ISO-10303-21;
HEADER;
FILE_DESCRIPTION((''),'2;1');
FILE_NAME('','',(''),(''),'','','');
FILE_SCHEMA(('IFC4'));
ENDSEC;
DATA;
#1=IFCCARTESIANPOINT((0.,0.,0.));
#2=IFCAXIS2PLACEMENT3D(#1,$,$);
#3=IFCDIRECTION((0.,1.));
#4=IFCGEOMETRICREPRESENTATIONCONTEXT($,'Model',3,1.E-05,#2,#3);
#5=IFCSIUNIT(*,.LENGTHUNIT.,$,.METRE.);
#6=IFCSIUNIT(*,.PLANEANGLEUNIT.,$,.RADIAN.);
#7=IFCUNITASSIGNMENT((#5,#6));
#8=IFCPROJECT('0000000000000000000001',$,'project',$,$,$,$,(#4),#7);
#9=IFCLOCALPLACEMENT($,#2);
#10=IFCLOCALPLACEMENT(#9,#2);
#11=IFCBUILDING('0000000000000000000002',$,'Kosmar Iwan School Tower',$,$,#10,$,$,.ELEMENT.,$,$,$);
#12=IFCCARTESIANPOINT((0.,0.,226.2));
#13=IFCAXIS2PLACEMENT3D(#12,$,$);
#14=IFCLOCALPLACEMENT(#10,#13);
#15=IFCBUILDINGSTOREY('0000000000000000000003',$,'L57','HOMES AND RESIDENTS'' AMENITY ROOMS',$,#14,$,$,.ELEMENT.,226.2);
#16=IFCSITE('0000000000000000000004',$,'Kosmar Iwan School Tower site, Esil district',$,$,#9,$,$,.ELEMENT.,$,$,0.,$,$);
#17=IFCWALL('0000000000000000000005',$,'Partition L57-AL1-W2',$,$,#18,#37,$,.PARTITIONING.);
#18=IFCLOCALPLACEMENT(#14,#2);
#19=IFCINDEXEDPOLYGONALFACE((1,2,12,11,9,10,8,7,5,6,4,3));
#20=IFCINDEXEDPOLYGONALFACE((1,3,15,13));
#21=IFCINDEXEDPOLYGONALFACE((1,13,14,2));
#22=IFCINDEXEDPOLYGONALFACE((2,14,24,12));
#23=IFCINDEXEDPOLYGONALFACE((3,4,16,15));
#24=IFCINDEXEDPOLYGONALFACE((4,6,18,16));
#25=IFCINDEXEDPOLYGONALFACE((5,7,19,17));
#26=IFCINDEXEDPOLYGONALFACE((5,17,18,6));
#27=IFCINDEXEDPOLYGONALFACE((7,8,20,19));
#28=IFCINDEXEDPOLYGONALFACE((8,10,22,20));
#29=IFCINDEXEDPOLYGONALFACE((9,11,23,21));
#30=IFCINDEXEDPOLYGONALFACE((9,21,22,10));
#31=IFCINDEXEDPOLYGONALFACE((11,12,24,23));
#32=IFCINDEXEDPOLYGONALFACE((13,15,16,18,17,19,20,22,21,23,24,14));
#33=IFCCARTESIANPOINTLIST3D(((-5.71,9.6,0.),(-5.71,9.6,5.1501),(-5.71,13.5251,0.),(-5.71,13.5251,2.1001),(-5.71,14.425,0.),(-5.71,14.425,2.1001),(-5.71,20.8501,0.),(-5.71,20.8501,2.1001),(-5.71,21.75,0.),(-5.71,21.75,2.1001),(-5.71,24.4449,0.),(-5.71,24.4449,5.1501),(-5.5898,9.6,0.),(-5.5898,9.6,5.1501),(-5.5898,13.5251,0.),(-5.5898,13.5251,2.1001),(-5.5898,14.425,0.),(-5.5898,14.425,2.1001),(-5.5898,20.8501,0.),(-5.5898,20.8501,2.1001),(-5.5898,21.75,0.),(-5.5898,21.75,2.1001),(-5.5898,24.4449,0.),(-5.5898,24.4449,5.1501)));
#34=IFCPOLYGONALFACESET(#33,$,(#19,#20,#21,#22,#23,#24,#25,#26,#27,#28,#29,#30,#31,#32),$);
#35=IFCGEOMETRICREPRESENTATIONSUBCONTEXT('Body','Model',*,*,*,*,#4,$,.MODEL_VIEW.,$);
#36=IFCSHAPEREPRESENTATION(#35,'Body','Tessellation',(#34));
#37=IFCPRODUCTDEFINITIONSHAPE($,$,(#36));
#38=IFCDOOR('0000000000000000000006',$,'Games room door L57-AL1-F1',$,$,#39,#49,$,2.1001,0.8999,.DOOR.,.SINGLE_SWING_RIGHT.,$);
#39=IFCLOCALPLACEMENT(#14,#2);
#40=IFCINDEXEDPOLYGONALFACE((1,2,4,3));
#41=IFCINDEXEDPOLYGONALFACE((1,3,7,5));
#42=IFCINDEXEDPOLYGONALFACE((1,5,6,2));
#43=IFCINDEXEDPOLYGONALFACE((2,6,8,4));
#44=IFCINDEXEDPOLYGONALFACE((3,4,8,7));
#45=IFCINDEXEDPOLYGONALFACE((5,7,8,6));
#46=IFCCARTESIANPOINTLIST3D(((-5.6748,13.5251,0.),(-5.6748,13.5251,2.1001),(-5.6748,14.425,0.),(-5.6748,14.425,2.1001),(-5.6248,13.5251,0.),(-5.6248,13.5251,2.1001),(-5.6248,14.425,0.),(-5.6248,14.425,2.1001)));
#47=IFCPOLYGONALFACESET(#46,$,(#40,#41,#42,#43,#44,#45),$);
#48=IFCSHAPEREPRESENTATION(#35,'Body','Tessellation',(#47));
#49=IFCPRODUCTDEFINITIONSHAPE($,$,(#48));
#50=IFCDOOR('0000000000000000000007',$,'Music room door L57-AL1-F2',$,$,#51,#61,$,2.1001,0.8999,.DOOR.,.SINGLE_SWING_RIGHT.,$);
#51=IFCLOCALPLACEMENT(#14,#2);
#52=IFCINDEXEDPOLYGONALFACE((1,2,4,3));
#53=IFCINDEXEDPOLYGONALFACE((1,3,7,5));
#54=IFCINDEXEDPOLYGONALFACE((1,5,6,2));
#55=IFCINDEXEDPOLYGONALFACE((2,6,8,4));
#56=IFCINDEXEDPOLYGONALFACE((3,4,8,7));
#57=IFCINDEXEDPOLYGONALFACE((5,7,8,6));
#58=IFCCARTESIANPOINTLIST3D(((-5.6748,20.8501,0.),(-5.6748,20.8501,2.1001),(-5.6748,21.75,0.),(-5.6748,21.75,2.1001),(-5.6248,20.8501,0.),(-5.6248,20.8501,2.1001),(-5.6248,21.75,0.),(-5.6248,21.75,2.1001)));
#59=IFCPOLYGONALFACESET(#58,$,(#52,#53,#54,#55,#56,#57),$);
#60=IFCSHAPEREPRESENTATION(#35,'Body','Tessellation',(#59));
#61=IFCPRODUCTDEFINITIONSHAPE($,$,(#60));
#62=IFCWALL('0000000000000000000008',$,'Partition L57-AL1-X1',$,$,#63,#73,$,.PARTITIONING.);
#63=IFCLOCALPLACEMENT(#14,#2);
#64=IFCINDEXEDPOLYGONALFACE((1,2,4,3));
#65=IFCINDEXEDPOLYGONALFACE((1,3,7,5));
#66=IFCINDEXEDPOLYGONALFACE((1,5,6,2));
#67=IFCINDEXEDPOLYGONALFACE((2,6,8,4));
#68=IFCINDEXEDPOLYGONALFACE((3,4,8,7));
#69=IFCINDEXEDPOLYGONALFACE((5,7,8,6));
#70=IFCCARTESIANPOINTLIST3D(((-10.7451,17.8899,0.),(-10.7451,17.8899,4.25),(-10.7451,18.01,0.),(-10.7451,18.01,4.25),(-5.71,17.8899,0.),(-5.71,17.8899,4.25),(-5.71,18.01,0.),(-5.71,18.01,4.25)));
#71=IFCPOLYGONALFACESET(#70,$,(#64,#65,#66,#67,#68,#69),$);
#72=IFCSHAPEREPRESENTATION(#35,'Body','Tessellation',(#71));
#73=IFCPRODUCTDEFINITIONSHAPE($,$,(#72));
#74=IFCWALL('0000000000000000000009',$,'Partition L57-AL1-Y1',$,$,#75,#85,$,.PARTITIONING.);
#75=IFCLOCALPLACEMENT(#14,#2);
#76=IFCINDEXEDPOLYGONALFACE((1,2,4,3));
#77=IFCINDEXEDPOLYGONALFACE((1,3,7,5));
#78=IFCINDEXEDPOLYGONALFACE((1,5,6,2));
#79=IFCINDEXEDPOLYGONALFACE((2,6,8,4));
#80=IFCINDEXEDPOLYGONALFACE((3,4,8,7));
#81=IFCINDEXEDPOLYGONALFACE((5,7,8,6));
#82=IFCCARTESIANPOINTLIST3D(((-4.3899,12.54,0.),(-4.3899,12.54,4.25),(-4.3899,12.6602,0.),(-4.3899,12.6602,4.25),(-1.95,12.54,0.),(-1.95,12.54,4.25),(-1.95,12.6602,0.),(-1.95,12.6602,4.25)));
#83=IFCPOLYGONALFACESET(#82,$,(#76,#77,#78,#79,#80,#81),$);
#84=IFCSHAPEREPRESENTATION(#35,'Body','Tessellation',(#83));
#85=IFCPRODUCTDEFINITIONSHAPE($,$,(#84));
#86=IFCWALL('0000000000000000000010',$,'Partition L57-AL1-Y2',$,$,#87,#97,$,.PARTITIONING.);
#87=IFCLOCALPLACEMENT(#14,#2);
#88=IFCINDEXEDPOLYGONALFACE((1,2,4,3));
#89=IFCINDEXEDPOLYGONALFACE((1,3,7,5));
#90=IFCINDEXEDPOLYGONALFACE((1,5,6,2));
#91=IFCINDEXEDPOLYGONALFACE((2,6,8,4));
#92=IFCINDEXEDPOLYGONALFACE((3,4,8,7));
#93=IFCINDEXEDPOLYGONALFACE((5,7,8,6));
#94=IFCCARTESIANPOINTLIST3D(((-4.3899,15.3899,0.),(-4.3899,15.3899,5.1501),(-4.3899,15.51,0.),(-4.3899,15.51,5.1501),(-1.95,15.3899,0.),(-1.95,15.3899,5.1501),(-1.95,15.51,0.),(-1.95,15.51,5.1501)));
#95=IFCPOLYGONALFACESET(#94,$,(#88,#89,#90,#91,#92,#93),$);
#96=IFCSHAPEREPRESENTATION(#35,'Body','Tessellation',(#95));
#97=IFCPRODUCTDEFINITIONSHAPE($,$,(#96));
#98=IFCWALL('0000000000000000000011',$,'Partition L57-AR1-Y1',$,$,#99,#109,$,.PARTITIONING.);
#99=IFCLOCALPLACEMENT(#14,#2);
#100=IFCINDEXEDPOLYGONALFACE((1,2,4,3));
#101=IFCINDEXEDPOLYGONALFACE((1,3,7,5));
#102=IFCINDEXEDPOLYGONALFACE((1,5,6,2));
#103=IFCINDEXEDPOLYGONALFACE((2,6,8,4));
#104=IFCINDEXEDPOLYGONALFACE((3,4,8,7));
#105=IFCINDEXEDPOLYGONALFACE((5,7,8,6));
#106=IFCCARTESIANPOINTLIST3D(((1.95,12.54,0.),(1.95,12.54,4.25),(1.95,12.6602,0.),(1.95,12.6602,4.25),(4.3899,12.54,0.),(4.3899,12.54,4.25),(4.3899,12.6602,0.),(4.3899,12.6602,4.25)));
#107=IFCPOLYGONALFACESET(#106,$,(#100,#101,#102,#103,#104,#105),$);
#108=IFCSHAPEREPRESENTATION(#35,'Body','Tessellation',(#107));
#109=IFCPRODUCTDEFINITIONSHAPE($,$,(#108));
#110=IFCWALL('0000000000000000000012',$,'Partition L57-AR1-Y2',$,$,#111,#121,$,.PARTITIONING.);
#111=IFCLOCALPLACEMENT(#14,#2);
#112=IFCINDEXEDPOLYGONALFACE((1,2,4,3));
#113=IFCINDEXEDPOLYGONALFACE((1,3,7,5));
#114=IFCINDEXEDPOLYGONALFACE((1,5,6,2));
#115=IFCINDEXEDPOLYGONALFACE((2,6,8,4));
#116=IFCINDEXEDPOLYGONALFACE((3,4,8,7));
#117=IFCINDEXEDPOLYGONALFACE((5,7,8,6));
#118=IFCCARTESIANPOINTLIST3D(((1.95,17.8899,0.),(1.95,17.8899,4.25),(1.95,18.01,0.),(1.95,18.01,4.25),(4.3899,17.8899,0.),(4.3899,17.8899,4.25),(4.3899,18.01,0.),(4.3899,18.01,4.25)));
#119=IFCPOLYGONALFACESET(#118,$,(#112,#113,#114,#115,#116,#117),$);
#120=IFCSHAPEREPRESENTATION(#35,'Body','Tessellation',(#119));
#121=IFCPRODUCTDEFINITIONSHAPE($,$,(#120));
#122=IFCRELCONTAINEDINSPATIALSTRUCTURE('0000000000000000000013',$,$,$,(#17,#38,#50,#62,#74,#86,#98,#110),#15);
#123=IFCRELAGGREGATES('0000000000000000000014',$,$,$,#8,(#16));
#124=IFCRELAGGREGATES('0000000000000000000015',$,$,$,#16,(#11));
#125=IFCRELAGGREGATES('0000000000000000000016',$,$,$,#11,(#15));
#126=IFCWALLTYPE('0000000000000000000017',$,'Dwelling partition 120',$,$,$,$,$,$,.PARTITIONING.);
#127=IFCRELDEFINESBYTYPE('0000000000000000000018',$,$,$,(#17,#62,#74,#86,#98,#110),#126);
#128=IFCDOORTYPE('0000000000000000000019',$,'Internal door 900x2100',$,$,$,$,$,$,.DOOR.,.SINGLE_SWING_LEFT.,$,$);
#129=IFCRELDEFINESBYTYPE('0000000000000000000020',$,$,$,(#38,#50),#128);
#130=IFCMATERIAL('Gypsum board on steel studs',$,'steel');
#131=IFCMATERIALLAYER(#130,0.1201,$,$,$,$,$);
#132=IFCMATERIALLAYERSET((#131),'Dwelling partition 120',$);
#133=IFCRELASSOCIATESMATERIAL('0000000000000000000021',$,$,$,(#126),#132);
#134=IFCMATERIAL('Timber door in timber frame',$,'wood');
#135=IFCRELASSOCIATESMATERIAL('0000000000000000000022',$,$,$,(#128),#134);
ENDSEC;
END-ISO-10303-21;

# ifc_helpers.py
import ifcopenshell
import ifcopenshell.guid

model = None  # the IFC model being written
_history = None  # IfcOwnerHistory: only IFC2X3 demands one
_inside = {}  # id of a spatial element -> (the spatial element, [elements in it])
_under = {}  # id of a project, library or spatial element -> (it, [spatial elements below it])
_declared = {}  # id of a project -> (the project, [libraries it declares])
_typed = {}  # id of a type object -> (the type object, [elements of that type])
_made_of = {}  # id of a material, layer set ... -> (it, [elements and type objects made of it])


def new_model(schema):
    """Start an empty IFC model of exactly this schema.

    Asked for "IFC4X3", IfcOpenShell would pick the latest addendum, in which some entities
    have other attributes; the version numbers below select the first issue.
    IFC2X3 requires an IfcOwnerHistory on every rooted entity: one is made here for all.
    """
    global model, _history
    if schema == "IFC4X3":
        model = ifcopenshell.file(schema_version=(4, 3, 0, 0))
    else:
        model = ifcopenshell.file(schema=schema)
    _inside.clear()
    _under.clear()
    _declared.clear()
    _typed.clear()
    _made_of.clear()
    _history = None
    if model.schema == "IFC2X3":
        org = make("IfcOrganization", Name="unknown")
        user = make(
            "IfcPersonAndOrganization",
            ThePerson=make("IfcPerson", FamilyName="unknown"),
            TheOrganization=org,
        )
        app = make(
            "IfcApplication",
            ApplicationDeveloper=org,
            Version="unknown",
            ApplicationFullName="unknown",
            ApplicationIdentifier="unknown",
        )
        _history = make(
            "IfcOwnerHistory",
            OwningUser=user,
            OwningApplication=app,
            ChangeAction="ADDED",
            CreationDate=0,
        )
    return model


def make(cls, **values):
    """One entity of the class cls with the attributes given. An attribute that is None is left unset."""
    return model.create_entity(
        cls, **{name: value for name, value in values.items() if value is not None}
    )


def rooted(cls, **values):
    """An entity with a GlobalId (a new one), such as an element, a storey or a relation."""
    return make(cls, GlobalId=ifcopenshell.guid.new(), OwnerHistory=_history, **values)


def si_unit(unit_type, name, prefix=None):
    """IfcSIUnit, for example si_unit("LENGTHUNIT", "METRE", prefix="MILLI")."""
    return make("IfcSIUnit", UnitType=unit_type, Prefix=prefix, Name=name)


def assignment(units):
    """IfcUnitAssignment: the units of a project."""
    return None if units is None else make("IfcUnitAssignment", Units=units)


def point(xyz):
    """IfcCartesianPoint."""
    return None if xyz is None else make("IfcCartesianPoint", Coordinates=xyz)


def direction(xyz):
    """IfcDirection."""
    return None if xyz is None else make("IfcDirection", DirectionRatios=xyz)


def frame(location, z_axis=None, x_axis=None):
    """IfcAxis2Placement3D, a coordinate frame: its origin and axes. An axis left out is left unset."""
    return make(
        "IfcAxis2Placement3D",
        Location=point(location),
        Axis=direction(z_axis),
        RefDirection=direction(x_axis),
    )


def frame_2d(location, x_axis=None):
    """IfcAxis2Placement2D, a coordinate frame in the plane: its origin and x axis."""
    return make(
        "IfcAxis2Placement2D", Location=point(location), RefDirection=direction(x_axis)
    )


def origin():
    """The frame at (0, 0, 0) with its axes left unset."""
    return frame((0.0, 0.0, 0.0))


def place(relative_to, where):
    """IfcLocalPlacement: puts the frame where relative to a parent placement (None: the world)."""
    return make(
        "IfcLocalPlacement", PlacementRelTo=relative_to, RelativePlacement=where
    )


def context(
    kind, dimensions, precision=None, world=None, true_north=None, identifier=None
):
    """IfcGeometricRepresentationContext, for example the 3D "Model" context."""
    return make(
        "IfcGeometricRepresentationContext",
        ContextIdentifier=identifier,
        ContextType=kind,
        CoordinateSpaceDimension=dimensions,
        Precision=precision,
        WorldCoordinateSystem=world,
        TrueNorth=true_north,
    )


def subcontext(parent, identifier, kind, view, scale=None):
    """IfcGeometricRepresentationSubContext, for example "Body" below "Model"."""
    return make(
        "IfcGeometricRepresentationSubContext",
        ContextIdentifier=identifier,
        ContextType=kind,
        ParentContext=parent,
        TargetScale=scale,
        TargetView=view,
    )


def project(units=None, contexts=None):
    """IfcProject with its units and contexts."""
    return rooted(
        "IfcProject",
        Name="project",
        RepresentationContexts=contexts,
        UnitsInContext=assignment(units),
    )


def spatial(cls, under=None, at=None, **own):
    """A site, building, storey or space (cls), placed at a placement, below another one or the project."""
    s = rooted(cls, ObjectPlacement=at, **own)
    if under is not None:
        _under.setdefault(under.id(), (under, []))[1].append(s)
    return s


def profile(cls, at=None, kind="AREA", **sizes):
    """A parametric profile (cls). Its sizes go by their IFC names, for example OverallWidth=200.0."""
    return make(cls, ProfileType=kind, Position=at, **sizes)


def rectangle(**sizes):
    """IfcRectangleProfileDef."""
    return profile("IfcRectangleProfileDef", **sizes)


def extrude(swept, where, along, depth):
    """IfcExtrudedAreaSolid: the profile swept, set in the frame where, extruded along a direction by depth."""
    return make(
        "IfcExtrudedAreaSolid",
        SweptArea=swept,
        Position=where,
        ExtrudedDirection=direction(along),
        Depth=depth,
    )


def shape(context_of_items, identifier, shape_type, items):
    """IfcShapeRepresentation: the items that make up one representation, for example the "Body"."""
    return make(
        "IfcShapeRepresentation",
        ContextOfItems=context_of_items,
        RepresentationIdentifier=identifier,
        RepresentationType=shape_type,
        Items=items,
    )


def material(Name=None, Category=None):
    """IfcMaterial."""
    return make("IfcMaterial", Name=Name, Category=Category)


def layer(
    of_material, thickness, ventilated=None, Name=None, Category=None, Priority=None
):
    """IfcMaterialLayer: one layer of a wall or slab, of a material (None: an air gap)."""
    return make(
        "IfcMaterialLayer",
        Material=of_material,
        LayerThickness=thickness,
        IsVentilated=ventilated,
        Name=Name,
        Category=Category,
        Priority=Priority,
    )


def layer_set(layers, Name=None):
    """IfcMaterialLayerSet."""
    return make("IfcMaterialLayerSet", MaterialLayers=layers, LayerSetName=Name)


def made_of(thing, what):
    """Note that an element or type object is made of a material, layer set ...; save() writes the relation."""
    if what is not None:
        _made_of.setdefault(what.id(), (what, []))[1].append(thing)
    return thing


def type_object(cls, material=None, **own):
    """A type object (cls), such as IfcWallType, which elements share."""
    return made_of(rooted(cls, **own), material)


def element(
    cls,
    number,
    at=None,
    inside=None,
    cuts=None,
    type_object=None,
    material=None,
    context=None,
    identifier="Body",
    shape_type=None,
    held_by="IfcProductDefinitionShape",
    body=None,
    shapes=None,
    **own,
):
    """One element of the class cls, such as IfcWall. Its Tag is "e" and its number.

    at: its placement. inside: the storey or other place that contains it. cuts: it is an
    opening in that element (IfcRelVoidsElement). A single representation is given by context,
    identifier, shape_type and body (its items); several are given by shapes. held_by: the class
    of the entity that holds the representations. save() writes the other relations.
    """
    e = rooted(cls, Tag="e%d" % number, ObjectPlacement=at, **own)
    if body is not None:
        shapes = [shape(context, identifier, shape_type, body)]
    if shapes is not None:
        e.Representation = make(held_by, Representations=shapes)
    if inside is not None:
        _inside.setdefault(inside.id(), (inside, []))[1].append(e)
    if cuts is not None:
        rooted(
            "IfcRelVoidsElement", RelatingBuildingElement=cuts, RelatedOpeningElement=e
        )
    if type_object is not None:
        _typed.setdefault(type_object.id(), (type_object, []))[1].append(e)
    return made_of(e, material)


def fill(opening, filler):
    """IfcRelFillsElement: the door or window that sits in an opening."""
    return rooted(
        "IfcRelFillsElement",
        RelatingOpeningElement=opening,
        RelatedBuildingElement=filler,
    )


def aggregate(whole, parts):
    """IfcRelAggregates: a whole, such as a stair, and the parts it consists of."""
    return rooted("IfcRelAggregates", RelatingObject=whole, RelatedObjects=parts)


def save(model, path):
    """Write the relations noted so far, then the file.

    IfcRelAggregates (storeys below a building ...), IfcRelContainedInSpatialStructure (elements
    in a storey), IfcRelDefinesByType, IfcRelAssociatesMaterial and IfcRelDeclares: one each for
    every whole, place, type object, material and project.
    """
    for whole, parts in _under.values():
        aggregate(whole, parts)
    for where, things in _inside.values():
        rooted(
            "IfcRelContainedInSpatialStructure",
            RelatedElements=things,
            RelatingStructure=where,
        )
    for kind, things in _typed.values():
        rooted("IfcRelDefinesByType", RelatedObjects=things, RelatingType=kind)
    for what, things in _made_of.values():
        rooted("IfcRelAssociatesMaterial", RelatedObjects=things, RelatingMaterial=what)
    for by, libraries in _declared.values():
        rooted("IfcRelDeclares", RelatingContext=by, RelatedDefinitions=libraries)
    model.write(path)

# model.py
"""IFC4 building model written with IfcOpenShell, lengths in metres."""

from ifc_helpers import new_model, si_unit, direction, frame, frame_2d, origin, place, context, subcontext, project, spatial, rectangle, extrude, material, layer, layer_set, type_object, element, fill, save


model = new_model("IFC4")

# Units and contexts
model_context = context("Model", 3, precision=1e-05, world=origin(), true_north=direction((0.0, 1.0)))
body_context = subcontext(model_context, "Body", "Model", "MODEL_VIEW")
ifc_project = project(units=[si_unit("LENGTHUNIT", "METRE"), si_unit("PLANEANGLEUNIT", "RADIAN")], contexts=[model_context])

# Site, building, storey
site_placement = place(None, origin())
site = spatial("IfcSite", under=ifc_project, at=site_placement, Name="Kosmar Iwan School Tower site, Esil district", CompositionType="ELEMENT", RefElevation=0.0)
building_placement = place(site_placement, origin())
building = spatial("IfcBuilding", under=site, at=building_placement, Name="Kosmar Iwan School Tower", CompositionType="ELEMENT")
storey_placement = place(building_placement, frame((0.0, 0.0, 226.2)))
storey = spatial("IfcBuildingStorey", under=building, at=storey_placement, Name="L57", Description="HOMES AND RESIDENTS' AMENITY ROOMS", CompositionType="ELEMENT", Elevation=226.2)

# Wall, openings, doors
ifc_material_1 = material(Name="Gypsum board on steel studs", Category="steel")
ifc_layer_1 = layer(ifc_material_1, 0.1201)
ifc_layer_set_1 = layer_set([ifc_layer_1], Name="Dwelling partition 120")
wall_type_1 = type_object("IfcWallType", Name="Dwelling partition 120", PredefinedType="PARTITIONING", material=ifc_layer_set_1)
ifc_material_2 = material(Name="Timber door in timber frame", Category="wood")
door_type_1 = type_object("IfcDoorType", Name="Internal door 900x2100", OperationType="SINGLE_SWING_LEFT", PredefinedType="DOOR", material=ifc_material_2)
wall_1_placement = place(storey_placement, frame((-5.6499, 9.6001, 0.0), z_axis=(0.0, 0.0, 1.0), x_axis=(0.0, 1.0, 0.0)))
wall_1 = element("IfcWall", 1, at=wall_1_placement, inside=storey, type_object=wall_type_1, Name="Partition L57-AL1-W2", PredefinedType="PARTITIONING", context=body_context, shape_type="SweptSolid", body=[
    extrude(rectangle(XDim=14.845, YDim=0.1201, at=frame_2d((7.4224, 0.0))), origin(), (0.0, 0.0, 1.0), 5.1501),
])
opening_1_placement = place(wall_1_placement, frame((3.925, 0.0, 0.0)))
opening_1 = element("IfcOpeningElement", 2, at=opening_1_placement, cuts=wall_1, PredefinedType="OPENING", context=body_context, shape_type="SweptSolid", body=[
    extrude(rectangle(XDim=0.8999, YDim=2.1001, at=frame_2d((0.45, 1.05))), frame((0.0, 0.072, 0.0), z_axis=(0.0, -1.0, 0.0), x_axis=(1.0, 0.0, 0.0)), (0.0, 0.0, 1.0), 0.144),
])
opening_2_placement = place(wall_1_placement, frame((11.25, 0.0, 0.0)))
opening_2 = element("IfcOpeningElement", 3, at=opening_2_placement, cuts=wall_1, PredefinedType="OPENING", context=body_context, shape_type="SweptSolid", body=[
    extrude(rectangle(XDim=0.8999, YDim=2.1001, at=frame_2d((0.45, 1.05))), frame((0.0, 0.072, 0.0), z_axis=(0.0, -1.0, 0.0), x_axis=(1.0, 0.0, 0.0)), (0.0, 0.0, 1.0), 0.144),
])
door_1_placement = place(opening_1_placement, origin())
door_1 = element("IfcDoor", 4, at=door_1_placement, inside=storey, type_object=door_type_1, Name="Games room door L57-AL1-F1", OperationType="SINGLE_SWING_RIGHT", OverallHeight=2.1001, OverallWidth=0.8999, PredefinedType="DOOR", context=body_context, shape_type="SweptSolid", body=[
    extrude(rectangle(XDim=0.8999, YDim=2.1001, at=frame_2d((0.45, 1.05))), frame((0.0, 0.0249, 0.0), z_axis=(0.0, -1.0, 0.0), x_axis=(1.0, 0.0, 0.0)), (0.0, 0.0, 1.0), 0.05),
])
fill(opening_1, door_1)
door_2_placement = place(opening_2_placement, origin())
door_2 = element("IfcDoor", 5, at=door_2_placement, inside=storey, type_object=door_type_1, Name="Music room door L57-AL1-F2", OperationType="SINGLE_SWING_RIGHT", OverallHeight=2.1001, OverallWidth=0.8999, PredefinedType="DOOR", context=body_context, shape_type="SweptSolid", body=[
    extrude(rectangle(XDim=0.8999, YDim=2.1001, at=frame_2d((0.45, 1.05))), frame((0.0, 0.0249, 0.0), z_axis=(0.0, -1.0, 0.0), x_axis=(1.0, 0.0, 0.0)), (0.0, 0.0, 1.0), 0.05),
])
fill(opening_2, door_2)

# Walls
wall_2_placement = place(storey_placement, frame((-5.71, 17.95, 0.0), z_axis=(0.0, 0.0, 1.0), x_axis=(-1.0, 0.0, 0.0)))
element("IfcWall", 6, at=wall_2_placement, inside=storey, type_object=wall_type_1, Name="Partition L57-AL1-X1", PredefinedType="PARTITIONING", context=body_context, shape_type="SweptSolid", body=[
    extrude(rectangle(XDim=5.0352, YDim=0.1201, at=frame_2d((2.5176, 0.0))), origin(), (0.0, 0.0, 1.0), 4.25),
])
wall_3_placement = place(storey_placement, frame((-1.95, 12.6001, 0.0), z_axis=(0.0, 0.0, 1.0), x_axis=(-1.0, 0.0, 0.0)))
element("IfcWall", 7, at=wall_3_placement, inside=storey, type_object=wall_type_1, Name="Partition L57-AL1-Y1", PredefinedType="PARTITIONING", context=body_context, shape_type="SweptSolid", body=[
    extrude(rectangle(XDim=2.4399, YDim=0.1201, at=frame_2d((1.22, 0.0))), origin(), (0.0, 0.0, 1.0), 4.25),
])
wall_4_placement = place(storey_placement, frame((-1.95, 15.45, 0.0), z_axis=(0.0, 0.0, 1.0), x_axis=(-1.0, 0.0, 0.0)))
element("IfcWall", 8, at=wall_4_placement, inside=storey, type_object=wall_type_1, Name="Partition L57-AL1-Y2", PredefinedType="PARTITIONING", context=body_context, shape_type="SweptSolid", body=[
    extrude(rectangle(XDim=2.4399, YDim=0.1201, at=frame_2d((1.22, 0.0))), origin(), (0.0, 0.0, 1.0), 5.1501),
])
for number, where, z_axis, x_axis, name in (
    (9, (1.95, 12.6001, 0.0), (0.0, 0.0, 1.0), (1.0, 0.0, 0.0), "Partition L57-AR1-Y1"),
    (10, (1.95, 17.95, 0.0), (0.0, 0.0, 1.0), (1.0, 0.0, 0.0), "Partition L57-AR1-Y2"),
):
    element("IfcWall", number, at=place(storey_placement, frame(where, z_axis=z_axis, x_axis=x_axis)), inside=storey, type_object=wall_type_1, Name=name, PredefinedType="PARTITIONING", context=body_context, shape_type="SweptSolid", body=[
        extrude(rectangle(XDim=2.4399, YDim=0.1201, at=frame_2d((1.22, 0.0))), origin(), (0.0, 0.0, 1.0), 4.25),
    ])

save(model, "model.ifc")
